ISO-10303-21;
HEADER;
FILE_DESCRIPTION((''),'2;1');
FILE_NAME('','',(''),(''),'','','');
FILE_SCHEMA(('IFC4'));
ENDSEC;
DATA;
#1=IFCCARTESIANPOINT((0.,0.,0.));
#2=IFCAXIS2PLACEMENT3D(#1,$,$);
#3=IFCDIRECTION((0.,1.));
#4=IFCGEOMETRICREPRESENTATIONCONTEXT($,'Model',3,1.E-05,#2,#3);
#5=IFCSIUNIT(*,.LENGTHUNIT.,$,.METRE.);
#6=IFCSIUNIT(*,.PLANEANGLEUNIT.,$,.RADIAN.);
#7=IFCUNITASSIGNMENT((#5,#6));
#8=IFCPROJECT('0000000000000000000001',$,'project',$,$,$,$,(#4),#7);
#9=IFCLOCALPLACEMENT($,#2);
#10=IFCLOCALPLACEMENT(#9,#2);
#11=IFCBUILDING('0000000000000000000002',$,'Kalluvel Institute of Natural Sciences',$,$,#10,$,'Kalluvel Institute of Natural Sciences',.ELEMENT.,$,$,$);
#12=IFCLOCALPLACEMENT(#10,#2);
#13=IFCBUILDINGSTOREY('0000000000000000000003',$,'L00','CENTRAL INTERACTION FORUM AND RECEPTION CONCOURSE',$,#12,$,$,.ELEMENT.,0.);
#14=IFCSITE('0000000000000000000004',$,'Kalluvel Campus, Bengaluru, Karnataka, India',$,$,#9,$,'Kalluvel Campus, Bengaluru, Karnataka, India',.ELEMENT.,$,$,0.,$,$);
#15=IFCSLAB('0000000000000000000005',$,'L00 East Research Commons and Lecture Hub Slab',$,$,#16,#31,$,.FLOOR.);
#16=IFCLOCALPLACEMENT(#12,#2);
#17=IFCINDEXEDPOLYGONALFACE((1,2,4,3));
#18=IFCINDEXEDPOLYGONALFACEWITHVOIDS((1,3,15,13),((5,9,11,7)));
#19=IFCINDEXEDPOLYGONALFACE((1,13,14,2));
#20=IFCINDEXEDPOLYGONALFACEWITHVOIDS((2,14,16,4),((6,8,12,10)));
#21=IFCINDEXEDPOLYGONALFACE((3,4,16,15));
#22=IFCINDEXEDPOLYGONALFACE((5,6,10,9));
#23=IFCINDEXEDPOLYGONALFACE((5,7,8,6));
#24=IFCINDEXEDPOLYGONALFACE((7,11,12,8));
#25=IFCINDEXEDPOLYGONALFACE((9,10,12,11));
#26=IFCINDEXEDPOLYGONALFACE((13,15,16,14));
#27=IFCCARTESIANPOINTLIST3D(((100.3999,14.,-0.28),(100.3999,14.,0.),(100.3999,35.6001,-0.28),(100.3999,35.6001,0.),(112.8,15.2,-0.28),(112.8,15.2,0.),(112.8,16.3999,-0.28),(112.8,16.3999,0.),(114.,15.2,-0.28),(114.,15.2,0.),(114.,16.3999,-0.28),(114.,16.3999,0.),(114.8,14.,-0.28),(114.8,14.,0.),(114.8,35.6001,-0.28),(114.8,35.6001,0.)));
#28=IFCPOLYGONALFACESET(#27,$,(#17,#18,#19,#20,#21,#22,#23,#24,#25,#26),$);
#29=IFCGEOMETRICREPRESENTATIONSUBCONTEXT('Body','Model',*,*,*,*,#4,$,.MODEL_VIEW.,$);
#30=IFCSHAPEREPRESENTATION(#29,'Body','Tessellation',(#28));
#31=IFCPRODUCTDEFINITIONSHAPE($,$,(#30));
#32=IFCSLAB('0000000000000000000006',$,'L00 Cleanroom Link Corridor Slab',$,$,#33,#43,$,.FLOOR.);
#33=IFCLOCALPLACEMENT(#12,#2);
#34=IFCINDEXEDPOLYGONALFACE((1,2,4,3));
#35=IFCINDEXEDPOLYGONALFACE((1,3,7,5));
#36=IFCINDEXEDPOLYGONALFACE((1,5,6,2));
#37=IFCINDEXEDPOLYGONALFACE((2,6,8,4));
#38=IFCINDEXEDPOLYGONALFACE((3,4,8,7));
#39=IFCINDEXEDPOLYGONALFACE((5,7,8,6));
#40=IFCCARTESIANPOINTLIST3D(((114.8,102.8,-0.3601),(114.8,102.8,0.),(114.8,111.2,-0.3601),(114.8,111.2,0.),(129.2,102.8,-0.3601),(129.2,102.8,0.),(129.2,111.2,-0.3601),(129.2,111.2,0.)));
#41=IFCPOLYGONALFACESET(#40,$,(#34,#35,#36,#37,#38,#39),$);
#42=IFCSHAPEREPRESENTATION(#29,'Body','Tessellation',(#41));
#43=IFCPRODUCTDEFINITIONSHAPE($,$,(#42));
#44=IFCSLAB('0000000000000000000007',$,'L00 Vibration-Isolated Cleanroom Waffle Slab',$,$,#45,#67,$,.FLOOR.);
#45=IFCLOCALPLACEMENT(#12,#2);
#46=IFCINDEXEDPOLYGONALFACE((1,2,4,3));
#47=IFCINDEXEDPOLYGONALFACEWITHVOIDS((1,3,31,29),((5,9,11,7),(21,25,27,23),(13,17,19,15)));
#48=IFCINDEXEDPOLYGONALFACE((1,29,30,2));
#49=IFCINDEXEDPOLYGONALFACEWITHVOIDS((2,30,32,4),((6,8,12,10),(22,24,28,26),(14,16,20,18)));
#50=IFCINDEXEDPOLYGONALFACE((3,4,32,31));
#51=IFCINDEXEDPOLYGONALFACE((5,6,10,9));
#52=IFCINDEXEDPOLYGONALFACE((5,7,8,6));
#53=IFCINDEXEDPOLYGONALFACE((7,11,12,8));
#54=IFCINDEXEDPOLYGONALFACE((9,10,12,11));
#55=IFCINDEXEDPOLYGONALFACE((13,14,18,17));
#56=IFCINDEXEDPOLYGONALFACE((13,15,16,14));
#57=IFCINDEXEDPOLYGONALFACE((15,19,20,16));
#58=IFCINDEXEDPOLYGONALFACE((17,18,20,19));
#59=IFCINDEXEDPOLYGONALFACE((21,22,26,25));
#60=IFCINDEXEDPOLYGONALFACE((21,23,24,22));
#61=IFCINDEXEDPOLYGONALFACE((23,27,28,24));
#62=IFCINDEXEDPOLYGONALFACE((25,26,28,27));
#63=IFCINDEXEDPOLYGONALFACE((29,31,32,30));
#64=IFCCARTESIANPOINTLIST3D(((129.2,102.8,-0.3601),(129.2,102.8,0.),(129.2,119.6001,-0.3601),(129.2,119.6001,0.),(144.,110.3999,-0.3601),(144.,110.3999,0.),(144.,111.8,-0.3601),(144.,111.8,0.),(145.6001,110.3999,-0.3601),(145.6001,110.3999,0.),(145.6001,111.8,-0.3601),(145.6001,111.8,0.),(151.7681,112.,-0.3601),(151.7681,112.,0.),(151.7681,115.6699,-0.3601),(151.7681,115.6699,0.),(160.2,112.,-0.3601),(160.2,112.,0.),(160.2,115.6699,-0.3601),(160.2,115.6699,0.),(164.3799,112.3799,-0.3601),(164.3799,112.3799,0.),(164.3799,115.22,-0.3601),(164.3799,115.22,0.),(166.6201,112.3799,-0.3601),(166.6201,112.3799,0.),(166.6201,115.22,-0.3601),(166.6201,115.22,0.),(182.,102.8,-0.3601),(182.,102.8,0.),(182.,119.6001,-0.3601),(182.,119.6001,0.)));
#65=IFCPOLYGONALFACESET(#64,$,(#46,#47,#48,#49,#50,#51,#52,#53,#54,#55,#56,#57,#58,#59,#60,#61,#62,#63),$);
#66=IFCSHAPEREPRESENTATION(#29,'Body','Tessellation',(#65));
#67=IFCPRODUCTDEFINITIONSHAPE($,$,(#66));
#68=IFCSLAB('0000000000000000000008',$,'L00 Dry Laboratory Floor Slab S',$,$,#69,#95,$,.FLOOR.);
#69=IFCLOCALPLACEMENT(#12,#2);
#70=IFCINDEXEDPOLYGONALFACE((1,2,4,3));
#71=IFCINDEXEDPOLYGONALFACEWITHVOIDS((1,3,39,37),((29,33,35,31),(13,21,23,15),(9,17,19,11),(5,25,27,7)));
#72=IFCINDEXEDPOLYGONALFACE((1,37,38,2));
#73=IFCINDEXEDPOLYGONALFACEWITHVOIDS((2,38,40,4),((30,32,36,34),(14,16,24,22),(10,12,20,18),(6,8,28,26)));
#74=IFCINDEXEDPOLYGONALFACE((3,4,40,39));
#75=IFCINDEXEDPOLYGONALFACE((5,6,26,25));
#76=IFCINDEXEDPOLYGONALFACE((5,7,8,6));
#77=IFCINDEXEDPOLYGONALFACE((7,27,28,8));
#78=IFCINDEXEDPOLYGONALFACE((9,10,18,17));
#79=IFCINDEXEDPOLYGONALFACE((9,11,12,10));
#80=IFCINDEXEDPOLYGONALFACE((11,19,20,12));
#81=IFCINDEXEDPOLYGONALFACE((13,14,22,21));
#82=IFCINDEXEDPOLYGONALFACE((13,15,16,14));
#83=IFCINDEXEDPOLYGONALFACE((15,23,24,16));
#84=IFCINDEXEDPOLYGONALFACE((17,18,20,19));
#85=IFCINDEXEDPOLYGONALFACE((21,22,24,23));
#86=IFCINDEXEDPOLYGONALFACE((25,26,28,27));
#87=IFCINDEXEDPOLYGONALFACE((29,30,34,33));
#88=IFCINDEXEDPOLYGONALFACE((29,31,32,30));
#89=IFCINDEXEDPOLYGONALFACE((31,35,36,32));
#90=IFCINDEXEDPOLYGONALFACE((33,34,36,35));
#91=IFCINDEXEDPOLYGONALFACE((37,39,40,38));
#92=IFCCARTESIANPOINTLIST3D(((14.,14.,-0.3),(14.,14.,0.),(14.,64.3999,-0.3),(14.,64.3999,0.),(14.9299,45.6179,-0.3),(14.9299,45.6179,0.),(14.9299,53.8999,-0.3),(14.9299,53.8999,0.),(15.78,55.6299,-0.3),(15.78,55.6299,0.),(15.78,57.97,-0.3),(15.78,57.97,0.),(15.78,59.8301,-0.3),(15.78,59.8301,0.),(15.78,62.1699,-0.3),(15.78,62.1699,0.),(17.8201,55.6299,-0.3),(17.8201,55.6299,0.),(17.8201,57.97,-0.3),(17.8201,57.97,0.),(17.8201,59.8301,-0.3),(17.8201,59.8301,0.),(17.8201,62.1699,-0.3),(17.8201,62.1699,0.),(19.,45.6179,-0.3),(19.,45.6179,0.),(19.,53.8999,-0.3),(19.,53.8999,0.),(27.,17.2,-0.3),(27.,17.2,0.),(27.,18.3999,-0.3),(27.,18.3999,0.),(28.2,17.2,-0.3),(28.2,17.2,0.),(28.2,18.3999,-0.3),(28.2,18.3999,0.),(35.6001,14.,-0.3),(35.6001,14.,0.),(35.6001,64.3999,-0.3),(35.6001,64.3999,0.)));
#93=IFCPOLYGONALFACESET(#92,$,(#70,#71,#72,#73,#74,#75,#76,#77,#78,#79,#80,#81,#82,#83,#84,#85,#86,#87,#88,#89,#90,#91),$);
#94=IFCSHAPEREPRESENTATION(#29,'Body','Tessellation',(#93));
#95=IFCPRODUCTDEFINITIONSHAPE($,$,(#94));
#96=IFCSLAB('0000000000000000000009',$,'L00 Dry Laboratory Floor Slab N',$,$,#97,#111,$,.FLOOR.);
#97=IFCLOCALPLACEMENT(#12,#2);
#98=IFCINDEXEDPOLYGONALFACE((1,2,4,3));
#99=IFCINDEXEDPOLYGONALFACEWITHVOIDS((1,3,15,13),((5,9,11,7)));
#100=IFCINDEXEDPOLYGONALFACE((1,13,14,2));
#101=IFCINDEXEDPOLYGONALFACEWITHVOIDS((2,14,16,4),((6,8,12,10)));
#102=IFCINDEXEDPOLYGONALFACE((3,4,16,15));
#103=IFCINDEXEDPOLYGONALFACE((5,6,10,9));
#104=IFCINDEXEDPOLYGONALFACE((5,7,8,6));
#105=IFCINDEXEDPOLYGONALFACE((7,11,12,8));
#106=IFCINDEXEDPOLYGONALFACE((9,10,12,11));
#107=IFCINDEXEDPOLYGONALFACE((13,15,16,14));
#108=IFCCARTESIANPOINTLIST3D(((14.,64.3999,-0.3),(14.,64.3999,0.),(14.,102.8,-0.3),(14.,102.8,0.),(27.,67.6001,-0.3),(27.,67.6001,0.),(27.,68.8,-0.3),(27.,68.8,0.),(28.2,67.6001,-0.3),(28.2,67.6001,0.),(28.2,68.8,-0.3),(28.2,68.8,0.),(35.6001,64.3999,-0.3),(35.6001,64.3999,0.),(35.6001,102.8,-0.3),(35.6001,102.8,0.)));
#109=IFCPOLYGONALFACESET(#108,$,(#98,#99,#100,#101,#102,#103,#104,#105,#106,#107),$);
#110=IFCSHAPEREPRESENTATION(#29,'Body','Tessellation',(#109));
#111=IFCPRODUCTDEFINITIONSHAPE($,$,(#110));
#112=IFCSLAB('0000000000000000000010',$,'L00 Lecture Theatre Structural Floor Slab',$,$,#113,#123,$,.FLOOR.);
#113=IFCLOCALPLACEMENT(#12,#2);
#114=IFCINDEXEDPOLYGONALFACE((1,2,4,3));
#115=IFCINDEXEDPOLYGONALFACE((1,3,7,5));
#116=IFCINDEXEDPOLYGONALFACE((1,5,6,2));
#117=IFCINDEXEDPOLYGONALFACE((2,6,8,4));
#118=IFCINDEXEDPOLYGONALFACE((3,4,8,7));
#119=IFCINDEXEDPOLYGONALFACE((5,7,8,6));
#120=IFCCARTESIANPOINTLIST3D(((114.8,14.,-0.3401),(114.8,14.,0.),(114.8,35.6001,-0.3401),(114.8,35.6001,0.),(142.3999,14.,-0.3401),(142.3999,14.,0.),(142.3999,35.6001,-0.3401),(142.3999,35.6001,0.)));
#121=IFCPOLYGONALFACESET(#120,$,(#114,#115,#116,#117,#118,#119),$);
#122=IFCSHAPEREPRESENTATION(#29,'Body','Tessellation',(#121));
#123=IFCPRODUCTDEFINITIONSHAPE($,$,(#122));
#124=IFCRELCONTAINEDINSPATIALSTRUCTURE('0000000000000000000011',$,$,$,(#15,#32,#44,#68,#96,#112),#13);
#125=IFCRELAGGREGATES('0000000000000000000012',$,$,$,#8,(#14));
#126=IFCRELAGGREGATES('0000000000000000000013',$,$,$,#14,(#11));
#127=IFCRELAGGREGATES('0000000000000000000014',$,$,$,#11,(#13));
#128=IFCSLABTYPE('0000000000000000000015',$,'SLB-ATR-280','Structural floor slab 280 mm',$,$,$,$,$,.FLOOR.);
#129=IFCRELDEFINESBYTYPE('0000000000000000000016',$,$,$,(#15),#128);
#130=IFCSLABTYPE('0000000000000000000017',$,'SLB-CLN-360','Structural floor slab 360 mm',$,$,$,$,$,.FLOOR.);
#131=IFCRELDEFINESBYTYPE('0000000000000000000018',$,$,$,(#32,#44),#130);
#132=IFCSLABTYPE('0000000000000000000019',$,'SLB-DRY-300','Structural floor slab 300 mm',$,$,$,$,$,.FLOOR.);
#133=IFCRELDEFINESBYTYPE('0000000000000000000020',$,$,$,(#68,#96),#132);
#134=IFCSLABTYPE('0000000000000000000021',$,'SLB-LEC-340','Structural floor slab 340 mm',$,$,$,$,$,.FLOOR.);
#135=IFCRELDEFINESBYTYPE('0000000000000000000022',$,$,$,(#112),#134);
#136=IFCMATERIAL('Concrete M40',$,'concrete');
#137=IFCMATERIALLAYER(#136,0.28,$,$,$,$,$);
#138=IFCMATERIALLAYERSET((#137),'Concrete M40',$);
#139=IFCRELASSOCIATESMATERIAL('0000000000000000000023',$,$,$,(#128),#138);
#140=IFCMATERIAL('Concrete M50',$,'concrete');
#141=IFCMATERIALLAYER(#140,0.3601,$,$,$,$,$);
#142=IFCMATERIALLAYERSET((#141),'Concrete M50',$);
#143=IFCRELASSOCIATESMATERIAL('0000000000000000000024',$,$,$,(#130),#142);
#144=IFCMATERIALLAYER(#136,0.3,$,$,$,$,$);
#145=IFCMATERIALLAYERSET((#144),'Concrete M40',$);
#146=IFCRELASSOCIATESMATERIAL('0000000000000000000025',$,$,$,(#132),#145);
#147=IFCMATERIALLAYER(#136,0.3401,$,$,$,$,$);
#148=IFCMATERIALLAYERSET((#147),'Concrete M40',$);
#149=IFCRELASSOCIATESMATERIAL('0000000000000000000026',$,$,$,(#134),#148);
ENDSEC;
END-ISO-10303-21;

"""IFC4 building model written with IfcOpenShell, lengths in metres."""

from ifc_helpers import new_model, si_unit, direction, frame, origin, place, context, subcontext, project, spatial, polyline, outline, extrude, material, layer, layer_set, type_object, element, save


model = new_model("IFC4")

# Units and contexts
model_context = context("Model", 3, precision=1e-05, world=origin(), true_north=direction((0.0, 1.0)))
body_context = subcontext(model_context, "Body", "Model", "MODEL_VIEW")
ifc_project = project(units=[si_unit("LENGTHUNIT", "METRE"), si_unit("PLANEANGLEUNIT", "RADIAN")], contexts=[model_context])

# Site, building, storey
site_placement = place(None, origin())
site = spatial("IfcSite", under=ifc_project, at=site_placement, Name="Kalluvel Campus, Bengaluru, Karnataka, India", LongName="Kalluvel Campus, Bengaluru, Karnataka, India", CompositionType="ELEMENT", RefElevation=0.0)
building_placement = place(site_placement, origin())
building = spatial("IfcBuilding", under=site, at=building_placement, Name="Kalluvel Institute of Natural Sciences", LongName="Kalluvel Institute of Natural Sciences", CompositionType="ELEMENT")
storey_placement = place(building_placement, origin())
storey = spatial("IfcBuildingStorey", under=building, at=storey_placement, Name="L00", Description="CENTRAL INTERACTION FORUM AND RECEPTION CONCOURSE", CompositionType="ELEMENT", Elevation=0.0)

# Slabs
ifc_material_1 = material(Name="Concrete M40", Category="concrete")
ifc_layer_1 = layer(ifc_material_1, 0.28)
ifc_layer_set_1 = layer_set([ifc_layer_1], Name="Concrete M40")
slab_type_1 = type_object("IfcSlabType", Name="SLB-ATR-280", Description="Structural floor slab 280 mm", PredefinedType="FLOOR", material=ifc_layer_set_1)
slab_1_placement = place(storey_placement, frame((0.0, 0.0, -0.28)))
element("IfcSlab", 1, at=slab_1_placement, inside=storey, type_object=slab_type_1, Name="L00 East Research Commons and Lecture Hub Slab", PredefinedType="FLOOR", context=body_context, shape_type="SweptSolid", body=[
    extrude(outline(polyline([(100.3999, 14.0), (114.8, 14.0), (114.8, 35.6001), (100.3999, 35.6001), (100.3999, 14.0)]), holes=[polyline([(112.8, 15.2), (112.8, 16.3999), (114.0, 16.3999), (114.0, 15.2), (112.8, 15.2)])]), origin(), (0.0, 0.0, 1.0), 0.28),
])
ifc_material_2 = material(Name="Concrete M50", Category="concrete")
ifc_layer_2 = layer(ifc_material_2, 0.3601)
ifc_layer_set_2 = layer_set([ifc_layer_2], Name="Concrete M50")
slab_type_2 = type_object("IfcSlabType", Name="SLB-CLN-360", Description="Structural floor slab 360 mm", PredefinedType="FLOOR", material=ifc_layer_set_2)
slab_2_placement = place(storey_placement, frame((0.0, 0.0, -0.3601)))
element("IfcSlab", 2, at=slab_2_placement, inside=storey, type_object=slab_type_2, Name="L00 Cleanroom Link Corridor Slab", PredefinedType="FLOOR", context=body_context, shape_type="SweptSolid", body=[
    extrude(outline(polyline([(114.8, 102.8), (129.2, 102.8), (129.2, 111.2), (114.8, 111.2), (114.8, 102.8)])), origin(), (0.0, 0.0, 1.0), 0.3601),
])
slab_3_placement = place(storey_placement, frame((0.0, 0.0, -0.3601)))
element("IfcSlab", 3, at=slab_3_placement, inside=storey, type_object=slab_type_2, Name="L00 Vibration-Isolated Cleanroom Waffle Slab", PredefinedType="FLOOR", context=body_context, shape_type="SweptSolid", body=[
    extrude(outline(polyline([(129.2, 102.8), (182.0, 102.8), (182.0, 119.6001), (129.2, 119.6001), (129.2, 102.8)]), holes=[polyline([(166.6201, 115.22), (166.6201, 112.3799), (164.3799, 112.3799), (164.3799, 115.22), (166.6201, 115.22)]), polyline([(160.2, 115.6699), (160.2, 112.0), (151.7681, 112.0), (151.7681, 115.6699), (160.2, 115.6699)]), polyline([(144.0, 111.8), (145.6001, 111.8), (145.6001, 110.3999), (144.0, 110.3999), (144.0, 111.8)])]), origin(), (0.0, 0.0, 1.0), 0.3601),
])
ifc_layer_3 = layer(ifc_material_1, 0.3)
ifc_layer_set_3 = layer_set([ifc_layer_3], Name="Concrete M40")
slab_type_3 = type_object("IfcSlabType", Name="SLB-DRY-300", Description="Structural floor slab 300 mm", PredefinedType="FLOOR", material=ifc_layer_set_3)
slab_4_placement = place(storey_placement, frame((0.0, 0.0, -0.3)))
element("IfcSlab", 4, at=slab_4_placement, inside=storey, type_object=slab_type_3, Name="L00 Dry Laboratory Floor Slab S", PredefinedType="FLOOR", context=body_context, shape_type="SweptSolid", body=[
    extrude(outline(polyline([(14.0, 14.0), (35.6001, 14.0), (35.6001, 64.3999), (14.0, 64.3999), (14.0, 14.0)]), holes=[polyline([(28.2, 18.3999), (28.2, 17.2), (27.0, 17.2), (27.0, 18.3999), (28.2, 18.3999)]), polyline([(14.9299, 53.8999), (19.0, 53.8999), (19.0, 45.6179), (14.9299, 45.6179), (14.9299, 53.8999)]), polyline([(17.8201, 57.97), (17.8201, 55.6299), (15.78, 55.6299), (15.78, 57.97), (17.8201, 57.97)]), polyline([(17.8201, 62.1699), (17.8201, 59.8301), (15.78, 59.8301), (15.78, 62.1699), (17.8201, 62.1699)])]), origin(), (0.0, 0.0, 1.0), 0.3),
])
slab_5_placement = place(storey_placement, frame((0.0, 0.0, -0.3)))
element("IfcSlab", 5, at=slab_5_placement, inside=storey, type_object=slab_type_3, Name="L00 Dry Laboratory Floor Slab N", PredefinedType="FLOOR", context=body_context, shape_type="SweptSolid", body=[
    extrude(outline(polyline([(14.0, 64.3999), (35.6001, 64.3999), (35.6001, 102.8), (14.0, 102.8), (14.0, 64.3999)]), holes=[polyline([(27.0, 67.6001), (27.0, 68.8), (28.2, 68.8), (28.2, 67.6001), (27.0, 67.6001)])]), origin(), (0.0, 0.0, 1.0), 0.3),
])
ifc_layer_4 = layer(ifc_material_1, 0.3401)
ifc_layer_set_4 = layer_set([ifc_layer_4], Name="Concrete M40")
slab_type_4 = type_object("IfcSlabType", Name="SLB-LEC-340", Description="Structural floor slab 340 mm", PredefinedType="FLOOR", material=ifc_layer_set_4)
slab_6_placement = place(storey_placement, frame((0.0, 0.0, -0.3401)))
element("IfcSlab", 6, at=slab_6_placement, inside=storey, type_object=slab_type_4, Name="L00 Lecture Theatre Structural Floor Slab", PredefinedType="FLOOR", context=body_context, shape_type="SweptSolid", body=[
    extrude(outline(polyline([(114.8, 14.0), (142.3999, 14.0), (142.3999, 35.6001), (114.8, 35.6001), (114.8, 14.0)])), origin(), (0.0, 0.0, 1.0), 0.3401),
])

save(model, "model.ifc")
